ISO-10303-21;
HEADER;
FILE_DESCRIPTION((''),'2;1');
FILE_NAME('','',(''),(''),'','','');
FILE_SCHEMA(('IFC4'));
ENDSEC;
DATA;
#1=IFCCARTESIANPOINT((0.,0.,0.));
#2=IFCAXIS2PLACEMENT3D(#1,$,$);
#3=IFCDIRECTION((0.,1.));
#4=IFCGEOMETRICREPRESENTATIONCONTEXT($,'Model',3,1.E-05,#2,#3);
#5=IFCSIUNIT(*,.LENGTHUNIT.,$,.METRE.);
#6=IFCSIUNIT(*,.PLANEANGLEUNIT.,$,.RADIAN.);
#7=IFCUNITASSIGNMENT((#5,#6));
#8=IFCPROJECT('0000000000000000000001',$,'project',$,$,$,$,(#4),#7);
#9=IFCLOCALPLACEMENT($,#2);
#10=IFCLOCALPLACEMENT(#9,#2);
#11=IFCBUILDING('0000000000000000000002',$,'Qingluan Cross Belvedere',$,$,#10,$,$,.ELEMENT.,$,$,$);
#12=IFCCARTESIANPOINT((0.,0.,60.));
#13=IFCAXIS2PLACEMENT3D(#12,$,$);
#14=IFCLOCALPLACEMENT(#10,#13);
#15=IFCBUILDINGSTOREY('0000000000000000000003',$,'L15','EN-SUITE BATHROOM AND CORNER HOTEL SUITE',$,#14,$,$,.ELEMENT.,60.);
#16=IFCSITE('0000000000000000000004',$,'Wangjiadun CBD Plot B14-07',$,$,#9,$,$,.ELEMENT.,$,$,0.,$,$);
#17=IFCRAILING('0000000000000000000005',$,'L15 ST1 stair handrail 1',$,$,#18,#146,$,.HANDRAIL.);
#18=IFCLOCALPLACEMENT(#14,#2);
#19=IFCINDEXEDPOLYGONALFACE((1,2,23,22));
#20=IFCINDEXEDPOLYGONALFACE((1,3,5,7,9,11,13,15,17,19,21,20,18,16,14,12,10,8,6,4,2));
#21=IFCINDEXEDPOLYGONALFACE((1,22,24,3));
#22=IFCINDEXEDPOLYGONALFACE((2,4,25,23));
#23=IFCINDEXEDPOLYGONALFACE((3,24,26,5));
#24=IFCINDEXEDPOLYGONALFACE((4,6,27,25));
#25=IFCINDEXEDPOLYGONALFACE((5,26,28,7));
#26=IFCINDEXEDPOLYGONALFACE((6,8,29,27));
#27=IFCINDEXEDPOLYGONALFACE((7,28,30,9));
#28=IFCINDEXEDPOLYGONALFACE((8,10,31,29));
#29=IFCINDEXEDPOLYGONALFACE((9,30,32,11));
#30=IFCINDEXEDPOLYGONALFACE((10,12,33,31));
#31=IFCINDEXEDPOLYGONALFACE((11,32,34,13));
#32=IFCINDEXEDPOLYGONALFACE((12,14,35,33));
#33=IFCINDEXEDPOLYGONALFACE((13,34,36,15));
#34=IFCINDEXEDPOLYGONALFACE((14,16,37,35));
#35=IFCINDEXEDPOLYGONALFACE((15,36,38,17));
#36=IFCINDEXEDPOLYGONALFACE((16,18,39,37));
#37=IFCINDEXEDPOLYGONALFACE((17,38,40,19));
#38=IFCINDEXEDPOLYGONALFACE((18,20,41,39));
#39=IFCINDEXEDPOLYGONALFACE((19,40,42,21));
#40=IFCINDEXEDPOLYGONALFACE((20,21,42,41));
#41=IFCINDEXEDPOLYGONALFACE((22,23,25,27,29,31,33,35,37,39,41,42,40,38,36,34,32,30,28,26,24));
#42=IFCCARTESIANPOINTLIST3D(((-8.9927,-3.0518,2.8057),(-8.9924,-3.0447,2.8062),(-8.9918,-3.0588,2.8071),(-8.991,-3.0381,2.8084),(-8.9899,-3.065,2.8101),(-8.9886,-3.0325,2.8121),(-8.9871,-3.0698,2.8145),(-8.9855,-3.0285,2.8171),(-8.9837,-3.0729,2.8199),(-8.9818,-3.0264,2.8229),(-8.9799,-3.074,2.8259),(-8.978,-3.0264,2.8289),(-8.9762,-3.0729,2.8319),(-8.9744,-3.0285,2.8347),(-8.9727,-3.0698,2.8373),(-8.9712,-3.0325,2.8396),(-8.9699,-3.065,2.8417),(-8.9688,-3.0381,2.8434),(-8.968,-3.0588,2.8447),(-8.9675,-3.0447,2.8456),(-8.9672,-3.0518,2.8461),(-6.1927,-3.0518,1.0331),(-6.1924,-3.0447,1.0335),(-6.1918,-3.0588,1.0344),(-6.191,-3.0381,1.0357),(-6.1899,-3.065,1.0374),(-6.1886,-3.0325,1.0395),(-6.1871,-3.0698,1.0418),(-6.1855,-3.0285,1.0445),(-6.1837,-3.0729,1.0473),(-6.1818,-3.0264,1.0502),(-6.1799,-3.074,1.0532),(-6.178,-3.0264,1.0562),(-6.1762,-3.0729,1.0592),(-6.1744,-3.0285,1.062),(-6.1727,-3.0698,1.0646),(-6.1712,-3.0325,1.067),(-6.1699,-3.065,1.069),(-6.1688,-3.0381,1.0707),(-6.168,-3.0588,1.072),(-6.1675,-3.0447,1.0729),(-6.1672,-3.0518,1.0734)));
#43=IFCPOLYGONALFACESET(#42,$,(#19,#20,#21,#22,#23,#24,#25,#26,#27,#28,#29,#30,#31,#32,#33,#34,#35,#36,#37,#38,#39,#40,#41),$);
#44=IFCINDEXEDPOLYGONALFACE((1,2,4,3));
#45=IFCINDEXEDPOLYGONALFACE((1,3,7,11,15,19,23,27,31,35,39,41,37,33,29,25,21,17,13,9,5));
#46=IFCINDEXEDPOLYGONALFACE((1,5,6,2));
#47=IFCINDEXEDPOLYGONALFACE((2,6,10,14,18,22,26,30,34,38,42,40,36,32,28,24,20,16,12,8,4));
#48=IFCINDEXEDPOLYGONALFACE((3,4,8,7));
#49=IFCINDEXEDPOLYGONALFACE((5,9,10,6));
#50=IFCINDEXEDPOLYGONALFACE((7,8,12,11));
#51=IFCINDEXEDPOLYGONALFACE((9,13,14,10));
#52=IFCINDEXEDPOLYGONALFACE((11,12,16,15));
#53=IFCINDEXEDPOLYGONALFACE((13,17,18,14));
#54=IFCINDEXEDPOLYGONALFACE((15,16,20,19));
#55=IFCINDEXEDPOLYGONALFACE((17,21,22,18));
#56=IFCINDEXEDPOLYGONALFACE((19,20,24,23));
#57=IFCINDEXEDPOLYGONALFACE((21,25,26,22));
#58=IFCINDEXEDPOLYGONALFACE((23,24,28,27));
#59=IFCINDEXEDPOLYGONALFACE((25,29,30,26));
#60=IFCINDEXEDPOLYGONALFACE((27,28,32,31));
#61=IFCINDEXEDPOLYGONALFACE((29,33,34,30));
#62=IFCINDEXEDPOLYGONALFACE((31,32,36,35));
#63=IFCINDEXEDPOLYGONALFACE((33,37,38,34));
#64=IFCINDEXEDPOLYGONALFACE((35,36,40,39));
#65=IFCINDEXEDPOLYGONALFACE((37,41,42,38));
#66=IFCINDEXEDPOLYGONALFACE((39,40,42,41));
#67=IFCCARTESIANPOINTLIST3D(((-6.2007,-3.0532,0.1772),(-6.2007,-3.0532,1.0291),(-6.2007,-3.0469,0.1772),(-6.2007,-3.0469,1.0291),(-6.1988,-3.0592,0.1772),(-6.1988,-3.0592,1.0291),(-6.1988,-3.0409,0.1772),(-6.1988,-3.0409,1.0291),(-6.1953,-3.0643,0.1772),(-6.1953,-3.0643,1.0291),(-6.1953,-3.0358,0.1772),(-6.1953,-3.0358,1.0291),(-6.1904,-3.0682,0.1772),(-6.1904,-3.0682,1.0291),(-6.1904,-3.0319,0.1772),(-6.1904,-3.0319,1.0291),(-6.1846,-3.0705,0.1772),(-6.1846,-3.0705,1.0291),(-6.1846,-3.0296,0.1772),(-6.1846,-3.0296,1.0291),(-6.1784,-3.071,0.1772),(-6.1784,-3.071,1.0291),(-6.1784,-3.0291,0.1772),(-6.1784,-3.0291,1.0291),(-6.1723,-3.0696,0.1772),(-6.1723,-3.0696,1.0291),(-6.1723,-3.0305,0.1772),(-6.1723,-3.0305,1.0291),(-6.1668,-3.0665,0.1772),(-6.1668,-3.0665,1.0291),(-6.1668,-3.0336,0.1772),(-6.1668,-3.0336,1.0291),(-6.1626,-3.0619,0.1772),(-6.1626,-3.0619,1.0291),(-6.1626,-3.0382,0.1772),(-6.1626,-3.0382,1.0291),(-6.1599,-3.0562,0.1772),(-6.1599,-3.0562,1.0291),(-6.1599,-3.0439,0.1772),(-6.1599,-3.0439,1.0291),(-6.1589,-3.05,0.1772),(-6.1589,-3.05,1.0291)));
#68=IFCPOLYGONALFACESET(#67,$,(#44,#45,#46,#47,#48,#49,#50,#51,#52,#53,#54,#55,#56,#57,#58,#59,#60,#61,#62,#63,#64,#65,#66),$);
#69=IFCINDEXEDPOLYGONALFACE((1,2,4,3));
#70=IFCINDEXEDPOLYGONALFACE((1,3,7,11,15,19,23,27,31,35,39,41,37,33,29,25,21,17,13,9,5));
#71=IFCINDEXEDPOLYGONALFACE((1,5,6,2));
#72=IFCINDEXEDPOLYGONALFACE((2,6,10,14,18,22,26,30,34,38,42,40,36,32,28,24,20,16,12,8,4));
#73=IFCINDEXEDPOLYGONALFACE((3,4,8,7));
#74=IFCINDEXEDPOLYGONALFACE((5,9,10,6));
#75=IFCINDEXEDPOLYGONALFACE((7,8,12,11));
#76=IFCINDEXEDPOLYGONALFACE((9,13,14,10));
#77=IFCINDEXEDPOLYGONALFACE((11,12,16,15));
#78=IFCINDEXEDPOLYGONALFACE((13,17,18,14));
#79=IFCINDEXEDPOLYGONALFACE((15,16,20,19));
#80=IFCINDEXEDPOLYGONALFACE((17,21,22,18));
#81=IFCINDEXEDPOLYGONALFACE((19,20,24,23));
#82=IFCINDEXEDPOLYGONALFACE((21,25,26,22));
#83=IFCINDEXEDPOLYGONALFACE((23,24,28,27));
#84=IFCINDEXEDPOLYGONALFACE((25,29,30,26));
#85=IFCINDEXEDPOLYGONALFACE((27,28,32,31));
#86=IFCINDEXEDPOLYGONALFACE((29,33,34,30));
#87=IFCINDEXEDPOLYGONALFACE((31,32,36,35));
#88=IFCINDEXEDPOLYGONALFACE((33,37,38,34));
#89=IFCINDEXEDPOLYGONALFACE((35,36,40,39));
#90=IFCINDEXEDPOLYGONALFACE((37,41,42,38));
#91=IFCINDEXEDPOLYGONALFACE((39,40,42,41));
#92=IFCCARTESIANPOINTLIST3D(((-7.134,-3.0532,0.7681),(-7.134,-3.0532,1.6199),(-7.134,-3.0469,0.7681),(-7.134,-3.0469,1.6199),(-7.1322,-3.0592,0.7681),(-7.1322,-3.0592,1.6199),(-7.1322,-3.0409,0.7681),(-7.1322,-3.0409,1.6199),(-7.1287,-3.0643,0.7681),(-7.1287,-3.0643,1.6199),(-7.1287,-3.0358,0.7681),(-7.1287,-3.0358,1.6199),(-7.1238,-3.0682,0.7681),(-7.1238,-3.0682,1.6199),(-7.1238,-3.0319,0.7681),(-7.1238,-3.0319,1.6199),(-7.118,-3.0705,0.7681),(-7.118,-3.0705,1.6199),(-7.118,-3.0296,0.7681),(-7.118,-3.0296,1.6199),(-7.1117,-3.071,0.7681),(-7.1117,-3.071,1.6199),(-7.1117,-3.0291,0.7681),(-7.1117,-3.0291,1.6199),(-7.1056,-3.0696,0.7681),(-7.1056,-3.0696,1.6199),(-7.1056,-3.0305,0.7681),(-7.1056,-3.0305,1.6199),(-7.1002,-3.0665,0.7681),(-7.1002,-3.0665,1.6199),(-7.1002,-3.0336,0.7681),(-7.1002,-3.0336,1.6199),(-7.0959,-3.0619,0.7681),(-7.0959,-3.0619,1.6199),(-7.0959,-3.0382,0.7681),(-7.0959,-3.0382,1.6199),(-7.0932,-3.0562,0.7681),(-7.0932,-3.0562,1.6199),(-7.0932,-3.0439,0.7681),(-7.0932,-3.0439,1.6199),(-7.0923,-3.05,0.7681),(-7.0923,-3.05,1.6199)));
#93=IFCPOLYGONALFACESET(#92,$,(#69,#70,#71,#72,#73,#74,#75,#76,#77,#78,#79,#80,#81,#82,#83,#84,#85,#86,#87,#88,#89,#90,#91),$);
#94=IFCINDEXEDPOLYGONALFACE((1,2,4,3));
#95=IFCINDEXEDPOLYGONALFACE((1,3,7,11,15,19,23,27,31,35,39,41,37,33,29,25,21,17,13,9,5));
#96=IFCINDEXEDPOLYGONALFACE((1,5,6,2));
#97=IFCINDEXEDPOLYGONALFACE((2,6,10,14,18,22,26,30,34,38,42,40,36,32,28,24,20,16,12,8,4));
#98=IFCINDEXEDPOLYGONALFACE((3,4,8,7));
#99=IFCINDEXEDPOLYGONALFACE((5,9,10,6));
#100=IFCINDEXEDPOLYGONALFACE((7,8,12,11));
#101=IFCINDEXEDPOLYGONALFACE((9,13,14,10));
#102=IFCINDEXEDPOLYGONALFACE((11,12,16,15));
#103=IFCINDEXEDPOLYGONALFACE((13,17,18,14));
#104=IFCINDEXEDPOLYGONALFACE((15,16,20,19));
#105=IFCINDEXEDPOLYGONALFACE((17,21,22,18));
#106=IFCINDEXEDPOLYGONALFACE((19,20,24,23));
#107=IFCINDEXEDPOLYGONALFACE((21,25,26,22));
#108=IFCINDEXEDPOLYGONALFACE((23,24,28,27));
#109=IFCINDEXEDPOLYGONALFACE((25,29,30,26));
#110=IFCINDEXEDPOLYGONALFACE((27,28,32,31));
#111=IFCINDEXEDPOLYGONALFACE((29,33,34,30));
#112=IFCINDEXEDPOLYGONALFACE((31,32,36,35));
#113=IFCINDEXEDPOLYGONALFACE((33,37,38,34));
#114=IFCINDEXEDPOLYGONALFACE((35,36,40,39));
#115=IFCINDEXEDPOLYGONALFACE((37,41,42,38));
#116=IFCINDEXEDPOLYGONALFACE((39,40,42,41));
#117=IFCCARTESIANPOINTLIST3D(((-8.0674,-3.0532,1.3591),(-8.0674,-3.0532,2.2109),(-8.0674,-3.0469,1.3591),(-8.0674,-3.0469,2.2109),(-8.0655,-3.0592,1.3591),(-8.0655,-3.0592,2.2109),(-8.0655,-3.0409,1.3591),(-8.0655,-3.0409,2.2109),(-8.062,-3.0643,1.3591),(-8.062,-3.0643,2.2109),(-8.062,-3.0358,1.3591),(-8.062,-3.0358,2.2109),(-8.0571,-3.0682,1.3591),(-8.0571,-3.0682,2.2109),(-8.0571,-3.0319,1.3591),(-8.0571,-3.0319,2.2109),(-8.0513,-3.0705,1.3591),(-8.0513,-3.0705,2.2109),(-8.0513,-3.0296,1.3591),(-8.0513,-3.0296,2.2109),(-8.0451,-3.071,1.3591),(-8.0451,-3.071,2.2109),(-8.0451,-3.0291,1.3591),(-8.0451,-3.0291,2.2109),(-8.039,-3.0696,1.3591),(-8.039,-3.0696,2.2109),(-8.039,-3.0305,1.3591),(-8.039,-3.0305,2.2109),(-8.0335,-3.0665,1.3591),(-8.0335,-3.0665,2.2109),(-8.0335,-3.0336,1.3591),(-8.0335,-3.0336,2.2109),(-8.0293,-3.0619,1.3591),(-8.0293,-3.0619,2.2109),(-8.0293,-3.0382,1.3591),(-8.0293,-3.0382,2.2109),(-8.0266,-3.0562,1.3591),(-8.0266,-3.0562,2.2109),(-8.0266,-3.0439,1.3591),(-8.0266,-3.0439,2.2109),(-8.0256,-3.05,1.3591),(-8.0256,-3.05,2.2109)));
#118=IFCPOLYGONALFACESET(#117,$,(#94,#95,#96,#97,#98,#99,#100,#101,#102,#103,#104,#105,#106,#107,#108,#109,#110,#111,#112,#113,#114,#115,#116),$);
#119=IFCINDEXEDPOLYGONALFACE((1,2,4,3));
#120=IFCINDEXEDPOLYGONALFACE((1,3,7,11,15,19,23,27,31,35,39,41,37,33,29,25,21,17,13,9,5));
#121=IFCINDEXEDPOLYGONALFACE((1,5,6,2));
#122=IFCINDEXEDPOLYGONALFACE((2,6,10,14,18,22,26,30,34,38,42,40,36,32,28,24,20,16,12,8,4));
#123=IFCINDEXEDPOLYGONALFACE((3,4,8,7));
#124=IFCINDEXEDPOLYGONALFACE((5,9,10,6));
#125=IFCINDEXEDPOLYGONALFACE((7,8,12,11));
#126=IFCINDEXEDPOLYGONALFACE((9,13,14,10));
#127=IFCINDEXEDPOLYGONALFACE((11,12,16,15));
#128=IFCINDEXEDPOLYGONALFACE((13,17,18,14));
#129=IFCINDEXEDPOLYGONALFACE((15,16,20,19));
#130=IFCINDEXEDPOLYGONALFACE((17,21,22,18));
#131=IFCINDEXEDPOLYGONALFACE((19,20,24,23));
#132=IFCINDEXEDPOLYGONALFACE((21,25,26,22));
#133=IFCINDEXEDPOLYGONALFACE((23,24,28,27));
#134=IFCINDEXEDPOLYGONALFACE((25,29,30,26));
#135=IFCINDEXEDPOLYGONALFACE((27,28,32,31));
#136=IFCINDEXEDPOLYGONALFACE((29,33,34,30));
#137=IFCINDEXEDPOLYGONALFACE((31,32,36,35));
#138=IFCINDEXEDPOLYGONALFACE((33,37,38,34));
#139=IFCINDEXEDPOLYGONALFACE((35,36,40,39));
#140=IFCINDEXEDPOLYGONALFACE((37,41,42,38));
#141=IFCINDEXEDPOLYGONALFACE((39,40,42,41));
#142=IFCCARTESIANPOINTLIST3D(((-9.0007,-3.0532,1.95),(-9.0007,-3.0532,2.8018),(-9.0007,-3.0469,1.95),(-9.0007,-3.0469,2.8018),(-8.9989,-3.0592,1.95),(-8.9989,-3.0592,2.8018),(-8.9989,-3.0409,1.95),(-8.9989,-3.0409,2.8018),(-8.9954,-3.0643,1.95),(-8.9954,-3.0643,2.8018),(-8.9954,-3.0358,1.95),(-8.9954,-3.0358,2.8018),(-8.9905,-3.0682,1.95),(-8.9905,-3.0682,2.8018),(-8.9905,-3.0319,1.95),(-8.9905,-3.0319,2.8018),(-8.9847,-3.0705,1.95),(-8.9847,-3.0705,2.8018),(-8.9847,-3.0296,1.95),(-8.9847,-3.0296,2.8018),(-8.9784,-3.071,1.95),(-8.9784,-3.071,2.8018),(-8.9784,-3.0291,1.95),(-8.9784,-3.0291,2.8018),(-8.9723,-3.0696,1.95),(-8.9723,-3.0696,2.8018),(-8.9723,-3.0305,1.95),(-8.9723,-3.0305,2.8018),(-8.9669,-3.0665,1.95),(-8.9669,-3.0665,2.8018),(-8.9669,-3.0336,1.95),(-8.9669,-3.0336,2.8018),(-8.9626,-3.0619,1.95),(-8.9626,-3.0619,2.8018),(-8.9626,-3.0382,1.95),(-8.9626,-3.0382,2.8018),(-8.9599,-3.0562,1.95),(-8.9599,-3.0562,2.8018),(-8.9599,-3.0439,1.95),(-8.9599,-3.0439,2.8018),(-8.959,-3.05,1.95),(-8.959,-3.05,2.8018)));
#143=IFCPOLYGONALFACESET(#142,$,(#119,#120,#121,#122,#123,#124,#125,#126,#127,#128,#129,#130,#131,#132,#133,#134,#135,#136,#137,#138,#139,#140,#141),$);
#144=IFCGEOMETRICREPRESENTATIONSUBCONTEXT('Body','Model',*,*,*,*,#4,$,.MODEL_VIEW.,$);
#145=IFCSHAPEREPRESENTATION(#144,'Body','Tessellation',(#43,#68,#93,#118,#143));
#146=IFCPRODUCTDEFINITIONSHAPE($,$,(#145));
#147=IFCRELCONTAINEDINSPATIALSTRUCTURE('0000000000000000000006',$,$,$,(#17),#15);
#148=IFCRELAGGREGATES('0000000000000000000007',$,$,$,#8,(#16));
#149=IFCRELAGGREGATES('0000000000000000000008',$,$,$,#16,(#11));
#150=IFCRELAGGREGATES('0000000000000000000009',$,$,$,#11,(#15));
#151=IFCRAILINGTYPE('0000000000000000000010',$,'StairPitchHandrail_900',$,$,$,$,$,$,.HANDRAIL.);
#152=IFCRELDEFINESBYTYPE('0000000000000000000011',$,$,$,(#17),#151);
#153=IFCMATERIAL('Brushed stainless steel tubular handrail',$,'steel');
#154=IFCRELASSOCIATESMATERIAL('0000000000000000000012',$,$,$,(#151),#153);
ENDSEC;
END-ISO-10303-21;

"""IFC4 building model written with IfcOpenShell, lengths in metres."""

from ifc_helpers import new_model, si_unit, direction, frame, origin, origin_2d, place, context, subcontext, project, spatial, circle, extrude, material, type_object, element, save


model = new_model("IFC4")

# Units and contexts
model_context = context("Model", 3, precision=1e-05, world=origin(), true_north=direction((0.0, 1.0)))
body_context = subcontext(model_context, "Body", "Model", "MODEL_VIEW")
ifc_project = project(units=[si_unit("LENGTHUNIT", "METRE"), si_unit("PLANEANGLEUNIT", "RADIAN")], contexts=[model_context])

# Site, building, storey
site_placement = place(None, origin())
site = spatial("IfcSite", under=ifc_project, at=site_placement, Name="Wangjiadun CBD Plot B14-07", CompositionType="ELEMENT", RefElevation=0.0)
building_placement = place(site_placement, origin())
building = spatial("IfcBuilding", under=site, at=building_placement, Name="Qingluan Cross Belvedere", CompositionType="ELEMENT")
storey_placement = place(building_placement, frame((0.0, 0.0, 60.0)))
storey = spatial("IfcBuildingStorey", under=building, at=storey_placement, Name="L15", Description="EN-SUITE BATHROOM AND CORNER HOTEL SUITE", CompositionType="ELEMENT", Elevation=60.0)

# Railing
ifc_material_1 = material(Name="Brushed stainless steel tubular handrail", Category="steel")
railing_type_1 = type_object("IfcRailingType", Name="StairPitchHandrail_900", PredefinedType="HANDRAIL", material=ifc_material_1)
railing_1_placement = place(storey_placement, frame((-6.1799, -3.05, 0.1772)))
element("IfcRailing", 1, at=railing_1_placement, inside=storey, type_object=railing_type_1, Name="L15 ST1 stair handrail 1", PredefinedType="HANDRAIL", context=body_context, shape_type="SweptSolid", body=[
    extrude(circle(Radius=0.0239, at=origin_2d()), frame((0.0, 0.0, 0.876), z_axis=(-0.844909, 0.0, 0.53491), x_axis=(0.0, -1.0, 0.0)), (0.0, 0.0, 1.0), 3.314),
    extrude(circle(Radius=0.021, at=origin_2d()), origin(), (0.0, 0.0, 1.0), 0.8518),
    extrude(circle(Radius=0.021, at=origin_2d()), frame((-0.9333, 0.0, 0.5908)), (0.0, 0.0, 1.0), 0.8518),
    extrude(circle(Radius=0.021, at=origin_2d()), frame((-1.8667, 0.0, 1.1819)), (0.0, 0.0, 1.0), 0.8518),
    extrude(circle(Radius=0.021, at=origin_2d()), frame((-2.8, 0.0, 1.7727)), (0.0, 0.0, 1.0), 0.8518),
])

save(model, "model.ifc")
